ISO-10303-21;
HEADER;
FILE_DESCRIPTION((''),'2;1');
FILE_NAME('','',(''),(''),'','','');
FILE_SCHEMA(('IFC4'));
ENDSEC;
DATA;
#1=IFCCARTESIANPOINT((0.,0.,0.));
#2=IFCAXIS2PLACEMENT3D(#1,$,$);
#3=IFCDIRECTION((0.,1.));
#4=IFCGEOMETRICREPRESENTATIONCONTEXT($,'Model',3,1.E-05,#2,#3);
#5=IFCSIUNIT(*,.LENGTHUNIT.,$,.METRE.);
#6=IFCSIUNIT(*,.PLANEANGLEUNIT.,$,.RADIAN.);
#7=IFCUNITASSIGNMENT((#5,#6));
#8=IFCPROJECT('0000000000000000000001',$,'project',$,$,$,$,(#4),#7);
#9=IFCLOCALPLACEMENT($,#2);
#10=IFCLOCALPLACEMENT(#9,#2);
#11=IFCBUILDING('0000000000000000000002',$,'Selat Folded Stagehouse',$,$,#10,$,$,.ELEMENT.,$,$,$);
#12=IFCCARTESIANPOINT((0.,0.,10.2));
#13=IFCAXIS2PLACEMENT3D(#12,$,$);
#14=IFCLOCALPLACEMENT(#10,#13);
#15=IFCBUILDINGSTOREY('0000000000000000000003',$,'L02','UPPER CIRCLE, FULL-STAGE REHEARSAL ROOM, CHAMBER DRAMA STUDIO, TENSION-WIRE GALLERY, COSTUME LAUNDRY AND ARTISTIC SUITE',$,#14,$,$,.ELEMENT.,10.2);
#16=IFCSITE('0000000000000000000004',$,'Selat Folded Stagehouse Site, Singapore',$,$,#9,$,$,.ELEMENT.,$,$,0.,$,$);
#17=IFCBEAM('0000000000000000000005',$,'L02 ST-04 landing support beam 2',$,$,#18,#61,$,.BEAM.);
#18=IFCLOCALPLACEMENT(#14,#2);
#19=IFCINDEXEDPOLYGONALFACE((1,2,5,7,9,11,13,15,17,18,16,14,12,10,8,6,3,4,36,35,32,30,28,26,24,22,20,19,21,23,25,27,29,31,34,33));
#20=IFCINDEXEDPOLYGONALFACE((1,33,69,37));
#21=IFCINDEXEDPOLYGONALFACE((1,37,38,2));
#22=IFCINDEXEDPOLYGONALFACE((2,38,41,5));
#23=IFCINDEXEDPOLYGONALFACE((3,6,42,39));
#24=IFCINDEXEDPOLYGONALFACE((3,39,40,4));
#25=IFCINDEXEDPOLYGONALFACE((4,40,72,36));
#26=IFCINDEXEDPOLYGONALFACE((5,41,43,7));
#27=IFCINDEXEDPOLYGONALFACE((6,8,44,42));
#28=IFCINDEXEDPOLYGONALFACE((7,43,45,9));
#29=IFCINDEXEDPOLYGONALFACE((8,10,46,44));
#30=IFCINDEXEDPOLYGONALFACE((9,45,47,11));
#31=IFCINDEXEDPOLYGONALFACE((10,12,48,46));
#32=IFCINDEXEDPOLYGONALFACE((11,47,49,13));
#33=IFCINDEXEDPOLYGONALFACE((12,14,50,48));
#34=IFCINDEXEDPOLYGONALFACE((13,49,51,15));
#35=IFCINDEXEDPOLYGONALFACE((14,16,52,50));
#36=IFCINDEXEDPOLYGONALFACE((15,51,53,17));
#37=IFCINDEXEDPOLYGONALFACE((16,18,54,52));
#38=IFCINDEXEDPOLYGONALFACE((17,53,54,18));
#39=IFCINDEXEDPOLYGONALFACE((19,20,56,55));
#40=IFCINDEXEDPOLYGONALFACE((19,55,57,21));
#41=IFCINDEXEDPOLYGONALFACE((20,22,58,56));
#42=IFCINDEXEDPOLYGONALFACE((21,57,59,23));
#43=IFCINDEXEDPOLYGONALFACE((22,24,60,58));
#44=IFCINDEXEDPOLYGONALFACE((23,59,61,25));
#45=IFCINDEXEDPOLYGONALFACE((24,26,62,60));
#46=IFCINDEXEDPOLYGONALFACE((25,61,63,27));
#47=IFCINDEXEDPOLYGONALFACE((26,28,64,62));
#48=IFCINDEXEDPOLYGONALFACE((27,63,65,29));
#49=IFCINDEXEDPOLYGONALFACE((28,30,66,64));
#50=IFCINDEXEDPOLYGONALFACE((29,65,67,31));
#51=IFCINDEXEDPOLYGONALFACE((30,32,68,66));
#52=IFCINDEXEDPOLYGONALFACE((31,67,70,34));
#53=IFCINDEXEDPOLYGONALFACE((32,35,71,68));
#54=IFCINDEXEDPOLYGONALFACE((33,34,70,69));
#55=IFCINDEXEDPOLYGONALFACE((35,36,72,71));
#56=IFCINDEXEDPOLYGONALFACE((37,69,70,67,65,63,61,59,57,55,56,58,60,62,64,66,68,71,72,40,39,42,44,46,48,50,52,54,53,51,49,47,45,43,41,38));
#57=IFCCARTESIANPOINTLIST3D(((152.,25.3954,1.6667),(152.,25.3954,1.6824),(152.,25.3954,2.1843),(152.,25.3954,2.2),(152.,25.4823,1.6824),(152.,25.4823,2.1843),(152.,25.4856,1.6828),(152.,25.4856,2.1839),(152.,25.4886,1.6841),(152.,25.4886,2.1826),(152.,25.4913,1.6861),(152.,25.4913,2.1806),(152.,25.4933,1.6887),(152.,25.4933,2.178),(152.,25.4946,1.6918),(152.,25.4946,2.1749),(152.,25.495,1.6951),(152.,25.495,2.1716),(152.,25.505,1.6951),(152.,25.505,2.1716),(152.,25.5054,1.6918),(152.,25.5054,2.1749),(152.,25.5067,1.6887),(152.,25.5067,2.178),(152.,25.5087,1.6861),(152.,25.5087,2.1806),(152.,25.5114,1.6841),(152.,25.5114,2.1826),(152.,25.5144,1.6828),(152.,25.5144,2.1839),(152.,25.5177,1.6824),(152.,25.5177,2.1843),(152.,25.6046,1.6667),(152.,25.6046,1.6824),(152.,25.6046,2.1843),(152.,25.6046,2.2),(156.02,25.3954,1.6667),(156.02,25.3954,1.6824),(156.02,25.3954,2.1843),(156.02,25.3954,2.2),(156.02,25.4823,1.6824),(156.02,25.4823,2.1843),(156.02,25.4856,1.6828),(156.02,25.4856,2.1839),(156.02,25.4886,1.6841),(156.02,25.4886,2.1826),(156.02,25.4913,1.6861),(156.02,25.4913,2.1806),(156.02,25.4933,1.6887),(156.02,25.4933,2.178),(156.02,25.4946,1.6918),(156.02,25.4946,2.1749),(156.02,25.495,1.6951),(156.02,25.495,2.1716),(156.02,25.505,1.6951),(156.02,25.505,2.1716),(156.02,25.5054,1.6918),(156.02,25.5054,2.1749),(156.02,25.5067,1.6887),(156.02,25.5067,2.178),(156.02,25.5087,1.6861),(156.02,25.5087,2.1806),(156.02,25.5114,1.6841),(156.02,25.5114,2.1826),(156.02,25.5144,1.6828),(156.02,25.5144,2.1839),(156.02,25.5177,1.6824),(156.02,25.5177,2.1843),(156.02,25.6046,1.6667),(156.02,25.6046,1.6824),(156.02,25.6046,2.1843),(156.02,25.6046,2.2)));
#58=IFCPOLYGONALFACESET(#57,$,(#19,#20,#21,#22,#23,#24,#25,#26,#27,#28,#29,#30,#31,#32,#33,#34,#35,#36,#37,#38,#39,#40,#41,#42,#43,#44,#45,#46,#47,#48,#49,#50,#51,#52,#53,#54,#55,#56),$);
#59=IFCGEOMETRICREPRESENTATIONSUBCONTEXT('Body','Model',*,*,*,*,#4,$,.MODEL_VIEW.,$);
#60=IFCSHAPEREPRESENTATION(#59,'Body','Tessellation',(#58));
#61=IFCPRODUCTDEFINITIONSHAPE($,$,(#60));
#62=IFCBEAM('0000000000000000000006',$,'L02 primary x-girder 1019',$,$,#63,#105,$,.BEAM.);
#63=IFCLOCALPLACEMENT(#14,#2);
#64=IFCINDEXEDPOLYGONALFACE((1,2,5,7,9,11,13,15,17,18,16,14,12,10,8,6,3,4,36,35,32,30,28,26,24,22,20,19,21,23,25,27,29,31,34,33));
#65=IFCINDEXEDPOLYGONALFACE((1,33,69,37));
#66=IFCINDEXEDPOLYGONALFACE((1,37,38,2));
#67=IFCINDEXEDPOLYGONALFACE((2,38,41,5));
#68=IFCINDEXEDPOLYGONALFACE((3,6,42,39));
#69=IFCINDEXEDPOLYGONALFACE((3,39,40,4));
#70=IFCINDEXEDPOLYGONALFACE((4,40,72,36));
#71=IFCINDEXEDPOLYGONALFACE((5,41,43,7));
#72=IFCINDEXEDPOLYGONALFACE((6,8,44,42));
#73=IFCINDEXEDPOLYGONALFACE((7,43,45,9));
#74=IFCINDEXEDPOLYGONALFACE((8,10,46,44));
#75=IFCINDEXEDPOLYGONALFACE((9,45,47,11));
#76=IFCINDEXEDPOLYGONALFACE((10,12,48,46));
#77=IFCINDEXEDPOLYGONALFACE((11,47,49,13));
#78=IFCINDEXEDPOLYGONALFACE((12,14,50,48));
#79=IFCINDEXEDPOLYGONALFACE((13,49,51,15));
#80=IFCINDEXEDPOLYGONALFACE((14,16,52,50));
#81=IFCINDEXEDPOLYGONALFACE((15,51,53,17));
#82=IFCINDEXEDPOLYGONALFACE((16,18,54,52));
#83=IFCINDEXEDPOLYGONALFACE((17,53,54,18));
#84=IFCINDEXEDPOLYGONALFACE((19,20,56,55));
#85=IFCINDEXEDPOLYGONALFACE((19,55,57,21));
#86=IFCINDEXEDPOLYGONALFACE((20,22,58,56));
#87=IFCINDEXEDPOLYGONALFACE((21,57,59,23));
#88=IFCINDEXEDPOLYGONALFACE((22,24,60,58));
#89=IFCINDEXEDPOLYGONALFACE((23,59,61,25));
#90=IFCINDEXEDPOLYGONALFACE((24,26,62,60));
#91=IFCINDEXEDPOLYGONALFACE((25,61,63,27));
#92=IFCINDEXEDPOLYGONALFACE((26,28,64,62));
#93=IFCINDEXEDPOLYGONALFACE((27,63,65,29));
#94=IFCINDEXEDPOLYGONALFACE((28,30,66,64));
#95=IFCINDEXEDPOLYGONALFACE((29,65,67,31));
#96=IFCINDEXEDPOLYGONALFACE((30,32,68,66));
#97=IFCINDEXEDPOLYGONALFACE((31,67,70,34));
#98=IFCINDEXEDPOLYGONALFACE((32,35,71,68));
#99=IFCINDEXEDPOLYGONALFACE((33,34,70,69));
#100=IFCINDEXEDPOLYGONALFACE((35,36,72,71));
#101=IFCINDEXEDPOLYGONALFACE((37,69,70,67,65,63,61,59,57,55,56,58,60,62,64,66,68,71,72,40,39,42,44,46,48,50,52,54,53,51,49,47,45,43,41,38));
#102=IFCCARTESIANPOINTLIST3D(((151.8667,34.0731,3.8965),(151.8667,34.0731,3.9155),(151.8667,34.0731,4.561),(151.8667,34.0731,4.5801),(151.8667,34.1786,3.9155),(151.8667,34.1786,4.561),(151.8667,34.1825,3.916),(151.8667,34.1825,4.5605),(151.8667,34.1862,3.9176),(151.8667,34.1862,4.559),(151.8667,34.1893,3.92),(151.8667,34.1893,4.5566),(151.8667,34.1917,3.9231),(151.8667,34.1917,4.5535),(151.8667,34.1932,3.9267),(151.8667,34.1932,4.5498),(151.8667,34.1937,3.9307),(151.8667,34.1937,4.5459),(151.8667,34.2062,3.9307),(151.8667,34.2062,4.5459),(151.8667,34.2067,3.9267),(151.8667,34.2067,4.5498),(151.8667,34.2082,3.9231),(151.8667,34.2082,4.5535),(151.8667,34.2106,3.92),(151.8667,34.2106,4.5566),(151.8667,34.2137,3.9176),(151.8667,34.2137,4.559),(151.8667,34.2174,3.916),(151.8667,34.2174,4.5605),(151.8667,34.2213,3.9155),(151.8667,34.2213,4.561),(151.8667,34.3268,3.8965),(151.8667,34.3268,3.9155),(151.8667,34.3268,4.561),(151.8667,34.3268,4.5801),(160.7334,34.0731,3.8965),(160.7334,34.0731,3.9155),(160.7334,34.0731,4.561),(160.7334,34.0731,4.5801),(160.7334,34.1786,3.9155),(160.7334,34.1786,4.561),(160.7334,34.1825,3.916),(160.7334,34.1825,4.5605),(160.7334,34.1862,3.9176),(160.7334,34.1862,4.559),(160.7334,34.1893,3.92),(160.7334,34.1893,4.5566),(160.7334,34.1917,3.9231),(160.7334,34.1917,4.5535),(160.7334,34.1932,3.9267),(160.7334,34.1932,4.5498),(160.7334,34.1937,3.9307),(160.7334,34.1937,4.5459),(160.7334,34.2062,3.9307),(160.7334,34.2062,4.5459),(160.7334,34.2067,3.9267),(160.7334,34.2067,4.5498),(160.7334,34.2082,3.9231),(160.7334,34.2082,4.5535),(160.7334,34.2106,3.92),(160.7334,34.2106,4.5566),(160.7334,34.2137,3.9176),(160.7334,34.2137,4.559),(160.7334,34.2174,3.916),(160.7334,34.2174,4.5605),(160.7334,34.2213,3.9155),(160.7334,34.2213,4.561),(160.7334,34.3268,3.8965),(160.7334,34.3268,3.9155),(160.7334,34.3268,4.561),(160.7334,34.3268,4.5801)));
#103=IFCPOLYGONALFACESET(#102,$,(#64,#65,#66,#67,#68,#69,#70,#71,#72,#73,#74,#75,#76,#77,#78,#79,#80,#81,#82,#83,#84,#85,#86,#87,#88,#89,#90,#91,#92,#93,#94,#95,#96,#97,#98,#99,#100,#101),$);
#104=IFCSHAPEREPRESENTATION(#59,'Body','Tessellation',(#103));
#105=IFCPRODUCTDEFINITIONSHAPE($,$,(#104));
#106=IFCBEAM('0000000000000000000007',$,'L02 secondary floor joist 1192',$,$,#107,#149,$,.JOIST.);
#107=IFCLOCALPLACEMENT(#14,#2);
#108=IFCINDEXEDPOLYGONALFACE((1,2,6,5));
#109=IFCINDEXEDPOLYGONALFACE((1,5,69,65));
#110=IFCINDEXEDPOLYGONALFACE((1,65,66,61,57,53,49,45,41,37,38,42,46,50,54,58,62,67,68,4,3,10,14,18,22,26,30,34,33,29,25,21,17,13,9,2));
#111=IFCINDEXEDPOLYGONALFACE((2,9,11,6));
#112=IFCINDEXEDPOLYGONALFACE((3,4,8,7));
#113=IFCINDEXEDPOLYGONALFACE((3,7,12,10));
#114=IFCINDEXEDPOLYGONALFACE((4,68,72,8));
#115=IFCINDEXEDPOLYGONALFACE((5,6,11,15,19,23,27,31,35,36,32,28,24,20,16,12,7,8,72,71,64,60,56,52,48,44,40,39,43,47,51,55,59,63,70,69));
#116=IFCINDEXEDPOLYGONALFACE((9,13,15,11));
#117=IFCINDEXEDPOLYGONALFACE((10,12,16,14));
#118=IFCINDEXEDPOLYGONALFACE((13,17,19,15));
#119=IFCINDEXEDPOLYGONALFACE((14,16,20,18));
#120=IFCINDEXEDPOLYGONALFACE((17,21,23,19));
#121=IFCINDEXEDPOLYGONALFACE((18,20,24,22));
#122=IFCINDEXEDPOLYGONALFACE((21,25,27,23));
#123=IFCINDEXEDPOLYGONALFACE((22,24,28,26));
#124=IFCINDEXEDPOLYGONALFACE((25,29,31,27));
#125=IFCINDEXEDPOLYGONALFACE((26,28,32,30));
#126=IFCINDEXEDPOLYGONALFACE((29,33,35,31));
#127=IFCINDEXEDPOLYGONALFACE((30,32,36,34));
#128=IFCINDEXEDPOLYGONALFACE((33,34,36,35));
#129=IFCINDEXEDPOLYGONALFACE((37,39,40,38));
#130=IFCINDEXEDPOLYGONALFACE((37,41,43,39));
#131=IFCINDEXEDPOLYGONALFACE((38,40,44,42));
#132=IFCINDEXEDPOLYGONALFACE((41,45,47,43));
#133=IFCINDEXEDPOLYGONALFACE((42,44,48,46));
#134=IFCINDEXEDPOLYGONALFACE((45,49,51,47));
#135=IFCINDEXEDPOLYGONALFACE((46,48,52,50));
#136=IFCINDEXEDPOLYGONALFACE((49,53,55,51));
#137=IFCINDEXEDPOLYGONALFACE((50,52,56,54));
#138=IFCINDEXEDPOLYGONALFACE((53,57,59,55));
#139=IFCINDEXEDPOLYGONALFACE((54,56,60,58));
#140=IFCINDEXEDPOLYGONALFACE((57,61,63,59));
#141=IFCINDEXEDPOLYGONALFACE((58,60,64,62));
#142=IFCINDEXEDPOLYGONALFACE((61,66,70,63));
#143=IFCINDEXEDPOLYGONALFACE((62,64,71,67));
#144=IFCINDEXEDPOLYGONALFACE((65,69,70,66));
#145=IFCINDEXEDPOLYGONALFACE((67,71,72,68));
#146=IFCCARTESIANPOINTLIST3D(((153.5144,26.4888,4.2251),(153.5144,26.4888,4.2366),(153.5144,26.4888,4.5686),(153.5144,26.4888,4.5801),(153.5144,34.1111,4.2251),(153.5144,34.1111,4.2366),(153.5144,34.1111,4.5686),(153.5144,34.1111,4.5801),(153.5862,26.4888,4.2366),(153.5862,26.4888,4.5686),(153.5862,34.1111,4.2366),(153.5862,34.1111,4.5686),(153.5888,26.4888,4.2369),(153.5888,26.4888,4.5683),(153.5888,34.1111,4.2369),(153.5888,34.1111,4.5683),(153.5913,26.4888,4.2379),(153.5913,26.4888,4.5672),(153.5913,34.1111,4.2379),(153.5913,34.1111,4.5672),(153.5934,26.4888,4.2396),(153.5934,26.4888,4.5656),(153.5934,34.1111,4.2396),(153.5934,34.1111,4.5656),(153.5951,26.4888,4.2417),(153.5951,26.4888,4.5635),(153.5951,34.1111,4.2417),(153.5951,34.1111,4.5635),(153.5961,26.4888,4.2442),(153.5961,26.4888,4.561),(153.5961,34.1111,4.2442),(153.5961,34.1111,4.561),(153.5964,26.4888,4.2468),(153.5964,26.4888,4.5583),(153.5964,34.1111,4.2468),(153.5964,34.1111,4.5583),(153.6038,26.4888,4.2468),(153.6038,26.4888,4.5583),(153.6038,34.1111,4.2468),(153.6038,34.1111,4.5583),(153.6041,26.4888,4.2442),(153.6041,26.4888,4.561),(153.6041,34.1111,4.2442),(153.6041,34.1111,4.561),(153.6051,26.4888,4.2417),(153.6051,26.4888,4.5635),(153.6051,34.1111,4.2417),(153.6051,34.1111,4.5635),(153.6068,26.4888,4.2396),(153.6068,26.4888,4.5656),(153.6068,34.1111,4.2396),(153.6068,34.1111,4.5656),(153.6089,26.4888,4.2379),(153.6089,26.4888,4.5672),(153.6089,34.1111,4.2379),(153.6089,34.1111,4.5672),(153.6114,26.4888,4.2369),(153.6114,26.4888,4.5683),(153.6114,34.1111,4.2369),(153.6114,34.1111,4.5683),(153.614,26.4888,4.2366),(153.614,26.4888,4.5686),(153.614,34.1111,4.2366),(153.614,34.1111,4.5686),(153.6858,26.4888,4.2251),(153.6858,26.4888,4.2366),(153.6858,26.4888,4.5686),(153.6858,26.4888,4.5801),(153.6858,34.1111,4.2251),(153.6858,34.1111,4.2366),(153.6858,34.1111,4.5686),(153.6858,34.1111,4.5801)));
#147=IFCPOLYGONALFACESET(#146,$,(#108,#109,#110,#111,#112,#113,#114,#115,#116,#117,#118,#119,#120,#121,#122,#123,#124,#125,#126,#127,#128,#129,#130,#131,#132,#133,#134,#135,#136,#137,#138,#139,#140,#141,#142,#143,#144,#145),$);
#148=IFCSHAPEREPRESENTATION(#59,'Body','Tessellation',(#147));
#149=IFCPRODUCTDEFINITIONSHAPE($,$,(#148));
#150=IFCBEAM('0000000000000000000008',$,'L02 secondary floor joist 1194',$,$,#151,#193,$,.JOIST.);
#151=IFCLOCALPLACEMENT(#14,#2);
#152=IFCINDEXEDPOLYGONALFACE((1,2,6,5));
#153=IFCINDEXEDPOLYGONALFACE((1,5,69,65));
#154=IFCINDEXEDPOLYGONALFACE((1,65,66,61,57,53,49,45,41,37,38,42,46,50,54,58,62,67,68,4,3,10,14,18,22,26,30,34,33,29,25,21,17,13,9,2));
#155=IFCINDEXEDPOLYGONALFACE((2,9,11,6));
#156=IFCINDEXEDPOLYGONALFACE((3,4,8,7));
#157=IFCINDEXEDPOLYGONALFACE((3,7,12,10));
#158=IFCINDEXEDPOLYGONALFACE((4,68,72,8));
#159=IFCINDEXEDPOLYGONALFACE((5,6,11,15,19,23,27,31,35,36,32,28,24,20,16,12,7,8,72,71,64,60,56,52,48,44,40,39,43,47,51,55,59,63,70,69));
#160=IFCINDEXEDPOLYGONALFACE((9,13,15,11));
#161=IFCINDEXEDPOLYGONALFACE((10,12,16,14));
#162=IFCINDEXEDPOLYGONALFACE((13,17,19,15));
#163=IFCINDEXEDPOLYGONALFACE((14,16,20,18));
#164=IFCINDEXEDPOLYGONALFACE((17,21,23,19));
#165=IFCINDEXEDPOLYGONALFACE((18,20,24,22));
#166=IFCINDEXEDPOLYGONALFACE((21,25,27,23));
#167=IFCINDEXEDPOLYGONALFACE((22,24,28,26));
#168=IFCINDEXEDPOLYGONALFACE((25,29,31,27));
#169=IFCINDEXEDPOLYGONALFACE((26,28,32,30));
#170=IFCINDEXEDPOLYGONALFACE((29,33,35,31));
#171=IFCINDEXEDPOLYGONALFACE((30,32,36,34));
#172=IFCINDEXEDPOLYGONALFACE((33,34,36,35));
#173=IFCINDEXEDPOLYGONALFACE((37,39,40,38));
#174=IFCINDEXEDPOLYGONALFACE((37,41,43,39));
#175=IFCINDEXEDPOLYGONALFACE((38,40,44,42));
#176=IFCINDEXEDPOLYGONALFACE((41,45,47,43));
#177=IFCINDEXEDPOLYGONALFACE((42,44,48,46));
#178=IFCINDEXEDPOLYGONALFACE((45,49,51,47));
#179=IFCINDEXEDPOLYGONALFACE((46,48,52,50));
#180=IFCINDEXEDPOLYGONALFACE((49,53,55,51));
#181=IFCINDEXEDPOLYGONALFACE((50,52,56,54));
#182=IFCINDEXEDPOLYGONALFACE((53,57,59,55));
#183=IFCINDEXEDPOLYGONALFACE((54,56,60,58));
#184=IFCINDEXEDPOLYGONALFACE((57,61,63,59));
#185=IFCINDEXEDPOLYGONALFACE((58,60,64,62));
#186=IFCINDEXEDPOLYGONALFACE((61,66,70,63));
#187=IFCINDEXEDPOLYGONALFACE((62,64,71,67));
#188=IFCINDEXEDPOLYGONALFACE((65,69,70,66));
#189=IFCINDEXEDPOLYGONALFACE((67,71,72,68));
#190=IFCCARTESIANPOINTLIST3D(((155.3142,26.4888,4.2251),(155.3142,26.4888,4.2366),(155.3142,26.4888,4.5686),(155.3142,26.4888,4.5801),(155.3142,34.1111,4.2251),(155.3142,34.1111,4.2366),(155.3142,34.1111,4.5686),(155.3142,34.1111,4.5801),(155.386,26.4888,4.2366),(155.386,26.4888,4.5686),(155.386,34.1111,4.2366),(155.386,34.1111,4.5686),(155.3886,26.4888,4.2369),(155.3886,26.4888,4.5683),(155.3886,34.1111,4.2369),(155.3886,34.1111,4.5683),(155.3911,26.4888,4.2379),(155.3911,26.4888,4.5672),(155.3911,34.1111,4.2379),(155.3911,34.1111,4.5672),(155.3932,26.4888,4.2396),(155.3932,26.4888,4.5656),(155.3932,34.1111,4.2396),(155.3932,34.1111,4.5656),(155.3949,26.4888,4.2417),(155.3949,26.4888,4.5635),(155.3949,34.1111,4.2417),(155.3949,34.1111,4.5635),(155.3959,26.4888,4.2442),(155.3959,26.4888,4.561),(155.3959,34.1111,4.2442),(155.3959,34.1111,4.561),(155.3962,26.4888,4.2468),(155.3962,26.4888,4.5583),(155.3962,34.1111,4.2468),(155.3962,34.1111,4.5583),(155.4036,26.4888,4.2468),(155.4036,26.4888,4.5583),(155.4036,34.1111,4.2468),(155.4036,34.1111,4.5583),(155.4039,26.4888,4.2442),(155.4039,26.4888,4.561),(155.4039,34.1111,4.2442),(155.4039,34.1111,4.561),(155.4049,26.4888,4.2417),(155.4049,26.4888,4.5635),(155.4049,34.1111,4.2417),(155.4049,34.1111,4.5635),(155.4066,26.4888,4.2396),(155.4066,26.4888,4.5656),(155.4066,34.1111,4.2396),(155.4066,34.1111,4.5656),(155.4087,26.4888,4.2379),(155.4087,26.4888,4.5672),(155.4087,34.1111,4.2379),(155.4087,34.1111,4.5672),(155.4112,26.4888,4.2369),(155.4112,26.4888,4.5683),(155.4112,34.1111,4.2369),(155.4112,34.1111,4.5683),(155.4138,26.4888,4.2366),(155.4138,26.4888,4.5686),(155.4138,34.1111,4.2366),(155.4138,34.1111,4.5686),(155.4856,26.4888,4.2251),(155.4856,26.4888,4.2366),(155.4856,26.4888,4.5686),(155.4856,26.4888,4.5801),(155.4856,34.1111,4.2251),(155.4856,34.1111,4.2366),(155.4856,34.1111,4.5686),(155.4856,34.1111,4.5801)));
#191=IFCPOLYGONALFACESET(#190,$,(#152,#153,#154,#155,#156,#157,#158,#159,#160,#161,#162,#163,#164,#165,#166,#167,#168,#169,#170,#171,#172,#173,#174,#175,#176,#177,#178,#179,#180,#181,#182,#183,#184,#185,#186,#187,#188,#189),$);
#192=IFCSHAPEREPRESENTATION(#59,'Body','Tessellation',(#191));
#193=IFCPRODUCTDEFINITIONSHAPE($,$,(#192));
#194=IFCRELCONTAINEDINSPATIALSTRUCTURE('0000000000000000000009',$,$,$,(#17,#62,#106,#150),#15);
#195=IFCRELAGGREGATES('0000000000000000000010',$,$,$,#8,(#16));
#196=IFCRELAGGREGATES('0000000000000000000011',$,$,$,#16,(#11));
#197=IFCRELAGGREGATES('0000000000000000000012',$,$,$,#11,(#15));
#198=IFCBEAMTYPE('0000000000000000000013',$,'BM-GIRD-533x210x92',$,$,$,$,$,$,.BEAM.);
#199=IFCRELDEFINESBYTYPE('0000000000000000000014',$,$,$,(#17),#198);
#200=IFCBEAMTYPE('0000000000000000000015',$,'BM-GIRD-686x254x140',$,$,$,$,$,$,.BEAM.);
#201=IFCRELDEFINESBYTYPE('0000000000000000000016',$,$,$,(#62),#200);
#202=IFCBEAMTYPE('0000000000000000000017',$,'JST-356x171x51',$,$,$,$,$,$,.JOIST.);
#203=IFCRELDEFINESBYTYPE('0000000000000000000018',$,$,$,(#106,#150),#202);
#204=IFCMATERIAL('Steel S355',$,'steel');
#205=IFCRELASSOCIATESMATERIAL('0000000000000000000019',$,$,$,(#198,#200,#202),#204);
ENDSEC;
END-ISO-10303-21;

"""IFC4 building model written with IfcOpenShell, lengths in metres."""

from ifc_helpers import new_model, si_unit, direction, frame, origin, origin_2d, place, context, subcontext, project, spatial, i_section, extrude, material, material_profile, profile_set, type_object, element, save


model = new_model("IFC4")

# Units and contexts
model_context = context("Model", 3, precision=1e-05, world=origin(), true_north=direction((0.0, 1.0)))
body_context = subcontext(model_context, "Body", "Model", "MODEL_VIEW")
ifc_project = project(units=[si_unit("LENGTHUNIT", "METRE"), si_unit("PLANEANGLEUNIT", "RADIAN")], contexts=[model_context])

# Site, building, storey
site_placement = place(None, origin())
site = spatial("IfcSite", under=ifc_project, at=site_placement, Name="Selat Folded Stagehouse Site, Singapore", CompositionType="ELEMENT", RefElevation=0.0)
building_placement = place(site_placement, origin())
building = spatial("IfcBuilding", under=site, at=building_placement, Name="Selat Folded Stagehouse", CompositionType="ELEMENT")
storey_placement = place(building_placement, frame((0.0, 0.0, 10.2)))
storey = spatial("IfcBuildingStorey", under=building, at=storey_placement, Name="L02", Description="UPPER CIRCLE, FULL-STAGE REHEARSAL ROOM, CHAMBER DRAMA STUDIO, TENSION-WIRE GALLERY, COSTUME LAUNDRY AND ARTISTIC SUITE", CompositionType="ELEMENT", Elevation=10.2)

# Shared definitions
ifc_material_1 = material(Name="Steel S355", Category="steel")

# Beams
ifc_material_profile_1 = material_profile(ifc_material_1, i_section(OverallWidth=0.2092, OverallDepth=0.5332, WebThickness=0.01, FlangeThickness=0.0156, FilletRadius=0.0127, at=origin_2d()), Name="UKB 533x210x92")
ifc_profile_set_1 = profile_set([ifc_material_profile_1], Name="Steel S355")
beam_type_1 = type_object("IfcBeamType", Name="BM-GIRD-533x210x92", PredefinedType="BEAM", material=ifc_profile_set_1)
for number, where, z_axis, x_axis, name in (
    (1, (152.0, 25.5, 1.9333), (1.0, 0.0, 0.0), (0.0, 1.0, 0.0), "L02 ST-04 landing support beam 2"),
):
    element("IfcBeam", number, at=place(storey_placement, frame(where, z_axis=z_axis, x_axis=x_axis)), inside=storey, type_object=beam_type_1, Name=name, PredefinedType="BEAM", context=body_context, shape_type="SweptSolid", body=[
        extrude(i_section(OverallWidth=0.2092, OverallDepth=0.5332, WebThickness=0.01, FlangeThickness=0.0156, FilletRadius=0.0127, at=origin_2d()), origin(), (0.0, 0.0, 1.0), 4.02),
    ])
ifc_material_profile_2 = material_profile(ifc_material_1, i_section(OverallWidth=0.2537, OverallDepth=0.6836, WebThickness=0.0125, FlangeThickness=0.019, FilletRadius=0.0151, at=origin_2d()), Name="UKB 686x254x140")
ifc_profile_set_2 = profile_set([ifc_material_profile_2], Name="Steel S355")
beam_type_2 = type_object("IfcBeamType", Name="BM-GIRD-686x254x140", PredefinedType="BEAM", material=ifc_profile_set_2)
beam_1_placement = place(storey_placement, frame((151.8667, 34.2, 4.2383), z_axis=(1.0, 0.0, 0.0), x_axis=(0.0, 1.0, 0.0)))
element("IfcBeam", 2, at=beam_1_placement, inside=storey, type_object=beam_type_2, Name="L02 primary x-girder 1019", PredefinedType="BEAM", context=body_context, shape_type="SweptSolid", body=[
    extrude(i_section(OverallWidth=0.2537, OverallDepth=0.6836, WebThickness=0.0125, FlangeThickness=0.019, FilletRadius=0.0151, at=origin_2d()), origin(), (0.0, 0.0, 1.0), 8.8667),
])
ifc_material_profile_3 = material_profile(ifc_material_1, i_section(OverallWidth=0.1714, OverallDepth=0.355, WebThickness=0.0073, FlangeThickness=0.0115, FilletRadius=0.0103, at=origin_2d()), Name="UKB 356x171x51")
ifc_profile_set_3 = profile_set([ifc_material_profile_3], Name="Steel S355")
beam_type_3 = type_object("IfcBeamType", Name="JST-356x171x51", PredefinedType="JOIST", material=ifc_profile_set_3)
for number, where, z_axis, x_axis, name in (
    (3, (153.6001, 26.4888, 4.4026), (0.0, 1.0, 0.0), (-1.0, 0.0, 0.0), "L02 secondary floor joist 1192"),
    (4, (155.3999, 26.4888, 4.4026), (0.0, 1.0, 0.0), (-1.0, 0.0, 0.0), "L02 secondary floor joist 1194"),
):
    element("IfcBeam", number, at=place(storey_placement, frame(where, z_axis=z_axis, x_axis=x_axis)), inside=storey, type_object=beam_type_3, Name=name, PredefinedType="JOIST", context=body_context, shape_type="SweptSolid", body=[
        extrude(i_section(OverallWidth=0.1714, OverallDepth=0.355, WebThickness=0.0073, FlangeThickness=0.0115, FilletRadius=0.0103, at=origin_2d()), origin(), (0.0, 0.0, 1.0), 7.6223),
    ])

save(model, "model.ifc")
